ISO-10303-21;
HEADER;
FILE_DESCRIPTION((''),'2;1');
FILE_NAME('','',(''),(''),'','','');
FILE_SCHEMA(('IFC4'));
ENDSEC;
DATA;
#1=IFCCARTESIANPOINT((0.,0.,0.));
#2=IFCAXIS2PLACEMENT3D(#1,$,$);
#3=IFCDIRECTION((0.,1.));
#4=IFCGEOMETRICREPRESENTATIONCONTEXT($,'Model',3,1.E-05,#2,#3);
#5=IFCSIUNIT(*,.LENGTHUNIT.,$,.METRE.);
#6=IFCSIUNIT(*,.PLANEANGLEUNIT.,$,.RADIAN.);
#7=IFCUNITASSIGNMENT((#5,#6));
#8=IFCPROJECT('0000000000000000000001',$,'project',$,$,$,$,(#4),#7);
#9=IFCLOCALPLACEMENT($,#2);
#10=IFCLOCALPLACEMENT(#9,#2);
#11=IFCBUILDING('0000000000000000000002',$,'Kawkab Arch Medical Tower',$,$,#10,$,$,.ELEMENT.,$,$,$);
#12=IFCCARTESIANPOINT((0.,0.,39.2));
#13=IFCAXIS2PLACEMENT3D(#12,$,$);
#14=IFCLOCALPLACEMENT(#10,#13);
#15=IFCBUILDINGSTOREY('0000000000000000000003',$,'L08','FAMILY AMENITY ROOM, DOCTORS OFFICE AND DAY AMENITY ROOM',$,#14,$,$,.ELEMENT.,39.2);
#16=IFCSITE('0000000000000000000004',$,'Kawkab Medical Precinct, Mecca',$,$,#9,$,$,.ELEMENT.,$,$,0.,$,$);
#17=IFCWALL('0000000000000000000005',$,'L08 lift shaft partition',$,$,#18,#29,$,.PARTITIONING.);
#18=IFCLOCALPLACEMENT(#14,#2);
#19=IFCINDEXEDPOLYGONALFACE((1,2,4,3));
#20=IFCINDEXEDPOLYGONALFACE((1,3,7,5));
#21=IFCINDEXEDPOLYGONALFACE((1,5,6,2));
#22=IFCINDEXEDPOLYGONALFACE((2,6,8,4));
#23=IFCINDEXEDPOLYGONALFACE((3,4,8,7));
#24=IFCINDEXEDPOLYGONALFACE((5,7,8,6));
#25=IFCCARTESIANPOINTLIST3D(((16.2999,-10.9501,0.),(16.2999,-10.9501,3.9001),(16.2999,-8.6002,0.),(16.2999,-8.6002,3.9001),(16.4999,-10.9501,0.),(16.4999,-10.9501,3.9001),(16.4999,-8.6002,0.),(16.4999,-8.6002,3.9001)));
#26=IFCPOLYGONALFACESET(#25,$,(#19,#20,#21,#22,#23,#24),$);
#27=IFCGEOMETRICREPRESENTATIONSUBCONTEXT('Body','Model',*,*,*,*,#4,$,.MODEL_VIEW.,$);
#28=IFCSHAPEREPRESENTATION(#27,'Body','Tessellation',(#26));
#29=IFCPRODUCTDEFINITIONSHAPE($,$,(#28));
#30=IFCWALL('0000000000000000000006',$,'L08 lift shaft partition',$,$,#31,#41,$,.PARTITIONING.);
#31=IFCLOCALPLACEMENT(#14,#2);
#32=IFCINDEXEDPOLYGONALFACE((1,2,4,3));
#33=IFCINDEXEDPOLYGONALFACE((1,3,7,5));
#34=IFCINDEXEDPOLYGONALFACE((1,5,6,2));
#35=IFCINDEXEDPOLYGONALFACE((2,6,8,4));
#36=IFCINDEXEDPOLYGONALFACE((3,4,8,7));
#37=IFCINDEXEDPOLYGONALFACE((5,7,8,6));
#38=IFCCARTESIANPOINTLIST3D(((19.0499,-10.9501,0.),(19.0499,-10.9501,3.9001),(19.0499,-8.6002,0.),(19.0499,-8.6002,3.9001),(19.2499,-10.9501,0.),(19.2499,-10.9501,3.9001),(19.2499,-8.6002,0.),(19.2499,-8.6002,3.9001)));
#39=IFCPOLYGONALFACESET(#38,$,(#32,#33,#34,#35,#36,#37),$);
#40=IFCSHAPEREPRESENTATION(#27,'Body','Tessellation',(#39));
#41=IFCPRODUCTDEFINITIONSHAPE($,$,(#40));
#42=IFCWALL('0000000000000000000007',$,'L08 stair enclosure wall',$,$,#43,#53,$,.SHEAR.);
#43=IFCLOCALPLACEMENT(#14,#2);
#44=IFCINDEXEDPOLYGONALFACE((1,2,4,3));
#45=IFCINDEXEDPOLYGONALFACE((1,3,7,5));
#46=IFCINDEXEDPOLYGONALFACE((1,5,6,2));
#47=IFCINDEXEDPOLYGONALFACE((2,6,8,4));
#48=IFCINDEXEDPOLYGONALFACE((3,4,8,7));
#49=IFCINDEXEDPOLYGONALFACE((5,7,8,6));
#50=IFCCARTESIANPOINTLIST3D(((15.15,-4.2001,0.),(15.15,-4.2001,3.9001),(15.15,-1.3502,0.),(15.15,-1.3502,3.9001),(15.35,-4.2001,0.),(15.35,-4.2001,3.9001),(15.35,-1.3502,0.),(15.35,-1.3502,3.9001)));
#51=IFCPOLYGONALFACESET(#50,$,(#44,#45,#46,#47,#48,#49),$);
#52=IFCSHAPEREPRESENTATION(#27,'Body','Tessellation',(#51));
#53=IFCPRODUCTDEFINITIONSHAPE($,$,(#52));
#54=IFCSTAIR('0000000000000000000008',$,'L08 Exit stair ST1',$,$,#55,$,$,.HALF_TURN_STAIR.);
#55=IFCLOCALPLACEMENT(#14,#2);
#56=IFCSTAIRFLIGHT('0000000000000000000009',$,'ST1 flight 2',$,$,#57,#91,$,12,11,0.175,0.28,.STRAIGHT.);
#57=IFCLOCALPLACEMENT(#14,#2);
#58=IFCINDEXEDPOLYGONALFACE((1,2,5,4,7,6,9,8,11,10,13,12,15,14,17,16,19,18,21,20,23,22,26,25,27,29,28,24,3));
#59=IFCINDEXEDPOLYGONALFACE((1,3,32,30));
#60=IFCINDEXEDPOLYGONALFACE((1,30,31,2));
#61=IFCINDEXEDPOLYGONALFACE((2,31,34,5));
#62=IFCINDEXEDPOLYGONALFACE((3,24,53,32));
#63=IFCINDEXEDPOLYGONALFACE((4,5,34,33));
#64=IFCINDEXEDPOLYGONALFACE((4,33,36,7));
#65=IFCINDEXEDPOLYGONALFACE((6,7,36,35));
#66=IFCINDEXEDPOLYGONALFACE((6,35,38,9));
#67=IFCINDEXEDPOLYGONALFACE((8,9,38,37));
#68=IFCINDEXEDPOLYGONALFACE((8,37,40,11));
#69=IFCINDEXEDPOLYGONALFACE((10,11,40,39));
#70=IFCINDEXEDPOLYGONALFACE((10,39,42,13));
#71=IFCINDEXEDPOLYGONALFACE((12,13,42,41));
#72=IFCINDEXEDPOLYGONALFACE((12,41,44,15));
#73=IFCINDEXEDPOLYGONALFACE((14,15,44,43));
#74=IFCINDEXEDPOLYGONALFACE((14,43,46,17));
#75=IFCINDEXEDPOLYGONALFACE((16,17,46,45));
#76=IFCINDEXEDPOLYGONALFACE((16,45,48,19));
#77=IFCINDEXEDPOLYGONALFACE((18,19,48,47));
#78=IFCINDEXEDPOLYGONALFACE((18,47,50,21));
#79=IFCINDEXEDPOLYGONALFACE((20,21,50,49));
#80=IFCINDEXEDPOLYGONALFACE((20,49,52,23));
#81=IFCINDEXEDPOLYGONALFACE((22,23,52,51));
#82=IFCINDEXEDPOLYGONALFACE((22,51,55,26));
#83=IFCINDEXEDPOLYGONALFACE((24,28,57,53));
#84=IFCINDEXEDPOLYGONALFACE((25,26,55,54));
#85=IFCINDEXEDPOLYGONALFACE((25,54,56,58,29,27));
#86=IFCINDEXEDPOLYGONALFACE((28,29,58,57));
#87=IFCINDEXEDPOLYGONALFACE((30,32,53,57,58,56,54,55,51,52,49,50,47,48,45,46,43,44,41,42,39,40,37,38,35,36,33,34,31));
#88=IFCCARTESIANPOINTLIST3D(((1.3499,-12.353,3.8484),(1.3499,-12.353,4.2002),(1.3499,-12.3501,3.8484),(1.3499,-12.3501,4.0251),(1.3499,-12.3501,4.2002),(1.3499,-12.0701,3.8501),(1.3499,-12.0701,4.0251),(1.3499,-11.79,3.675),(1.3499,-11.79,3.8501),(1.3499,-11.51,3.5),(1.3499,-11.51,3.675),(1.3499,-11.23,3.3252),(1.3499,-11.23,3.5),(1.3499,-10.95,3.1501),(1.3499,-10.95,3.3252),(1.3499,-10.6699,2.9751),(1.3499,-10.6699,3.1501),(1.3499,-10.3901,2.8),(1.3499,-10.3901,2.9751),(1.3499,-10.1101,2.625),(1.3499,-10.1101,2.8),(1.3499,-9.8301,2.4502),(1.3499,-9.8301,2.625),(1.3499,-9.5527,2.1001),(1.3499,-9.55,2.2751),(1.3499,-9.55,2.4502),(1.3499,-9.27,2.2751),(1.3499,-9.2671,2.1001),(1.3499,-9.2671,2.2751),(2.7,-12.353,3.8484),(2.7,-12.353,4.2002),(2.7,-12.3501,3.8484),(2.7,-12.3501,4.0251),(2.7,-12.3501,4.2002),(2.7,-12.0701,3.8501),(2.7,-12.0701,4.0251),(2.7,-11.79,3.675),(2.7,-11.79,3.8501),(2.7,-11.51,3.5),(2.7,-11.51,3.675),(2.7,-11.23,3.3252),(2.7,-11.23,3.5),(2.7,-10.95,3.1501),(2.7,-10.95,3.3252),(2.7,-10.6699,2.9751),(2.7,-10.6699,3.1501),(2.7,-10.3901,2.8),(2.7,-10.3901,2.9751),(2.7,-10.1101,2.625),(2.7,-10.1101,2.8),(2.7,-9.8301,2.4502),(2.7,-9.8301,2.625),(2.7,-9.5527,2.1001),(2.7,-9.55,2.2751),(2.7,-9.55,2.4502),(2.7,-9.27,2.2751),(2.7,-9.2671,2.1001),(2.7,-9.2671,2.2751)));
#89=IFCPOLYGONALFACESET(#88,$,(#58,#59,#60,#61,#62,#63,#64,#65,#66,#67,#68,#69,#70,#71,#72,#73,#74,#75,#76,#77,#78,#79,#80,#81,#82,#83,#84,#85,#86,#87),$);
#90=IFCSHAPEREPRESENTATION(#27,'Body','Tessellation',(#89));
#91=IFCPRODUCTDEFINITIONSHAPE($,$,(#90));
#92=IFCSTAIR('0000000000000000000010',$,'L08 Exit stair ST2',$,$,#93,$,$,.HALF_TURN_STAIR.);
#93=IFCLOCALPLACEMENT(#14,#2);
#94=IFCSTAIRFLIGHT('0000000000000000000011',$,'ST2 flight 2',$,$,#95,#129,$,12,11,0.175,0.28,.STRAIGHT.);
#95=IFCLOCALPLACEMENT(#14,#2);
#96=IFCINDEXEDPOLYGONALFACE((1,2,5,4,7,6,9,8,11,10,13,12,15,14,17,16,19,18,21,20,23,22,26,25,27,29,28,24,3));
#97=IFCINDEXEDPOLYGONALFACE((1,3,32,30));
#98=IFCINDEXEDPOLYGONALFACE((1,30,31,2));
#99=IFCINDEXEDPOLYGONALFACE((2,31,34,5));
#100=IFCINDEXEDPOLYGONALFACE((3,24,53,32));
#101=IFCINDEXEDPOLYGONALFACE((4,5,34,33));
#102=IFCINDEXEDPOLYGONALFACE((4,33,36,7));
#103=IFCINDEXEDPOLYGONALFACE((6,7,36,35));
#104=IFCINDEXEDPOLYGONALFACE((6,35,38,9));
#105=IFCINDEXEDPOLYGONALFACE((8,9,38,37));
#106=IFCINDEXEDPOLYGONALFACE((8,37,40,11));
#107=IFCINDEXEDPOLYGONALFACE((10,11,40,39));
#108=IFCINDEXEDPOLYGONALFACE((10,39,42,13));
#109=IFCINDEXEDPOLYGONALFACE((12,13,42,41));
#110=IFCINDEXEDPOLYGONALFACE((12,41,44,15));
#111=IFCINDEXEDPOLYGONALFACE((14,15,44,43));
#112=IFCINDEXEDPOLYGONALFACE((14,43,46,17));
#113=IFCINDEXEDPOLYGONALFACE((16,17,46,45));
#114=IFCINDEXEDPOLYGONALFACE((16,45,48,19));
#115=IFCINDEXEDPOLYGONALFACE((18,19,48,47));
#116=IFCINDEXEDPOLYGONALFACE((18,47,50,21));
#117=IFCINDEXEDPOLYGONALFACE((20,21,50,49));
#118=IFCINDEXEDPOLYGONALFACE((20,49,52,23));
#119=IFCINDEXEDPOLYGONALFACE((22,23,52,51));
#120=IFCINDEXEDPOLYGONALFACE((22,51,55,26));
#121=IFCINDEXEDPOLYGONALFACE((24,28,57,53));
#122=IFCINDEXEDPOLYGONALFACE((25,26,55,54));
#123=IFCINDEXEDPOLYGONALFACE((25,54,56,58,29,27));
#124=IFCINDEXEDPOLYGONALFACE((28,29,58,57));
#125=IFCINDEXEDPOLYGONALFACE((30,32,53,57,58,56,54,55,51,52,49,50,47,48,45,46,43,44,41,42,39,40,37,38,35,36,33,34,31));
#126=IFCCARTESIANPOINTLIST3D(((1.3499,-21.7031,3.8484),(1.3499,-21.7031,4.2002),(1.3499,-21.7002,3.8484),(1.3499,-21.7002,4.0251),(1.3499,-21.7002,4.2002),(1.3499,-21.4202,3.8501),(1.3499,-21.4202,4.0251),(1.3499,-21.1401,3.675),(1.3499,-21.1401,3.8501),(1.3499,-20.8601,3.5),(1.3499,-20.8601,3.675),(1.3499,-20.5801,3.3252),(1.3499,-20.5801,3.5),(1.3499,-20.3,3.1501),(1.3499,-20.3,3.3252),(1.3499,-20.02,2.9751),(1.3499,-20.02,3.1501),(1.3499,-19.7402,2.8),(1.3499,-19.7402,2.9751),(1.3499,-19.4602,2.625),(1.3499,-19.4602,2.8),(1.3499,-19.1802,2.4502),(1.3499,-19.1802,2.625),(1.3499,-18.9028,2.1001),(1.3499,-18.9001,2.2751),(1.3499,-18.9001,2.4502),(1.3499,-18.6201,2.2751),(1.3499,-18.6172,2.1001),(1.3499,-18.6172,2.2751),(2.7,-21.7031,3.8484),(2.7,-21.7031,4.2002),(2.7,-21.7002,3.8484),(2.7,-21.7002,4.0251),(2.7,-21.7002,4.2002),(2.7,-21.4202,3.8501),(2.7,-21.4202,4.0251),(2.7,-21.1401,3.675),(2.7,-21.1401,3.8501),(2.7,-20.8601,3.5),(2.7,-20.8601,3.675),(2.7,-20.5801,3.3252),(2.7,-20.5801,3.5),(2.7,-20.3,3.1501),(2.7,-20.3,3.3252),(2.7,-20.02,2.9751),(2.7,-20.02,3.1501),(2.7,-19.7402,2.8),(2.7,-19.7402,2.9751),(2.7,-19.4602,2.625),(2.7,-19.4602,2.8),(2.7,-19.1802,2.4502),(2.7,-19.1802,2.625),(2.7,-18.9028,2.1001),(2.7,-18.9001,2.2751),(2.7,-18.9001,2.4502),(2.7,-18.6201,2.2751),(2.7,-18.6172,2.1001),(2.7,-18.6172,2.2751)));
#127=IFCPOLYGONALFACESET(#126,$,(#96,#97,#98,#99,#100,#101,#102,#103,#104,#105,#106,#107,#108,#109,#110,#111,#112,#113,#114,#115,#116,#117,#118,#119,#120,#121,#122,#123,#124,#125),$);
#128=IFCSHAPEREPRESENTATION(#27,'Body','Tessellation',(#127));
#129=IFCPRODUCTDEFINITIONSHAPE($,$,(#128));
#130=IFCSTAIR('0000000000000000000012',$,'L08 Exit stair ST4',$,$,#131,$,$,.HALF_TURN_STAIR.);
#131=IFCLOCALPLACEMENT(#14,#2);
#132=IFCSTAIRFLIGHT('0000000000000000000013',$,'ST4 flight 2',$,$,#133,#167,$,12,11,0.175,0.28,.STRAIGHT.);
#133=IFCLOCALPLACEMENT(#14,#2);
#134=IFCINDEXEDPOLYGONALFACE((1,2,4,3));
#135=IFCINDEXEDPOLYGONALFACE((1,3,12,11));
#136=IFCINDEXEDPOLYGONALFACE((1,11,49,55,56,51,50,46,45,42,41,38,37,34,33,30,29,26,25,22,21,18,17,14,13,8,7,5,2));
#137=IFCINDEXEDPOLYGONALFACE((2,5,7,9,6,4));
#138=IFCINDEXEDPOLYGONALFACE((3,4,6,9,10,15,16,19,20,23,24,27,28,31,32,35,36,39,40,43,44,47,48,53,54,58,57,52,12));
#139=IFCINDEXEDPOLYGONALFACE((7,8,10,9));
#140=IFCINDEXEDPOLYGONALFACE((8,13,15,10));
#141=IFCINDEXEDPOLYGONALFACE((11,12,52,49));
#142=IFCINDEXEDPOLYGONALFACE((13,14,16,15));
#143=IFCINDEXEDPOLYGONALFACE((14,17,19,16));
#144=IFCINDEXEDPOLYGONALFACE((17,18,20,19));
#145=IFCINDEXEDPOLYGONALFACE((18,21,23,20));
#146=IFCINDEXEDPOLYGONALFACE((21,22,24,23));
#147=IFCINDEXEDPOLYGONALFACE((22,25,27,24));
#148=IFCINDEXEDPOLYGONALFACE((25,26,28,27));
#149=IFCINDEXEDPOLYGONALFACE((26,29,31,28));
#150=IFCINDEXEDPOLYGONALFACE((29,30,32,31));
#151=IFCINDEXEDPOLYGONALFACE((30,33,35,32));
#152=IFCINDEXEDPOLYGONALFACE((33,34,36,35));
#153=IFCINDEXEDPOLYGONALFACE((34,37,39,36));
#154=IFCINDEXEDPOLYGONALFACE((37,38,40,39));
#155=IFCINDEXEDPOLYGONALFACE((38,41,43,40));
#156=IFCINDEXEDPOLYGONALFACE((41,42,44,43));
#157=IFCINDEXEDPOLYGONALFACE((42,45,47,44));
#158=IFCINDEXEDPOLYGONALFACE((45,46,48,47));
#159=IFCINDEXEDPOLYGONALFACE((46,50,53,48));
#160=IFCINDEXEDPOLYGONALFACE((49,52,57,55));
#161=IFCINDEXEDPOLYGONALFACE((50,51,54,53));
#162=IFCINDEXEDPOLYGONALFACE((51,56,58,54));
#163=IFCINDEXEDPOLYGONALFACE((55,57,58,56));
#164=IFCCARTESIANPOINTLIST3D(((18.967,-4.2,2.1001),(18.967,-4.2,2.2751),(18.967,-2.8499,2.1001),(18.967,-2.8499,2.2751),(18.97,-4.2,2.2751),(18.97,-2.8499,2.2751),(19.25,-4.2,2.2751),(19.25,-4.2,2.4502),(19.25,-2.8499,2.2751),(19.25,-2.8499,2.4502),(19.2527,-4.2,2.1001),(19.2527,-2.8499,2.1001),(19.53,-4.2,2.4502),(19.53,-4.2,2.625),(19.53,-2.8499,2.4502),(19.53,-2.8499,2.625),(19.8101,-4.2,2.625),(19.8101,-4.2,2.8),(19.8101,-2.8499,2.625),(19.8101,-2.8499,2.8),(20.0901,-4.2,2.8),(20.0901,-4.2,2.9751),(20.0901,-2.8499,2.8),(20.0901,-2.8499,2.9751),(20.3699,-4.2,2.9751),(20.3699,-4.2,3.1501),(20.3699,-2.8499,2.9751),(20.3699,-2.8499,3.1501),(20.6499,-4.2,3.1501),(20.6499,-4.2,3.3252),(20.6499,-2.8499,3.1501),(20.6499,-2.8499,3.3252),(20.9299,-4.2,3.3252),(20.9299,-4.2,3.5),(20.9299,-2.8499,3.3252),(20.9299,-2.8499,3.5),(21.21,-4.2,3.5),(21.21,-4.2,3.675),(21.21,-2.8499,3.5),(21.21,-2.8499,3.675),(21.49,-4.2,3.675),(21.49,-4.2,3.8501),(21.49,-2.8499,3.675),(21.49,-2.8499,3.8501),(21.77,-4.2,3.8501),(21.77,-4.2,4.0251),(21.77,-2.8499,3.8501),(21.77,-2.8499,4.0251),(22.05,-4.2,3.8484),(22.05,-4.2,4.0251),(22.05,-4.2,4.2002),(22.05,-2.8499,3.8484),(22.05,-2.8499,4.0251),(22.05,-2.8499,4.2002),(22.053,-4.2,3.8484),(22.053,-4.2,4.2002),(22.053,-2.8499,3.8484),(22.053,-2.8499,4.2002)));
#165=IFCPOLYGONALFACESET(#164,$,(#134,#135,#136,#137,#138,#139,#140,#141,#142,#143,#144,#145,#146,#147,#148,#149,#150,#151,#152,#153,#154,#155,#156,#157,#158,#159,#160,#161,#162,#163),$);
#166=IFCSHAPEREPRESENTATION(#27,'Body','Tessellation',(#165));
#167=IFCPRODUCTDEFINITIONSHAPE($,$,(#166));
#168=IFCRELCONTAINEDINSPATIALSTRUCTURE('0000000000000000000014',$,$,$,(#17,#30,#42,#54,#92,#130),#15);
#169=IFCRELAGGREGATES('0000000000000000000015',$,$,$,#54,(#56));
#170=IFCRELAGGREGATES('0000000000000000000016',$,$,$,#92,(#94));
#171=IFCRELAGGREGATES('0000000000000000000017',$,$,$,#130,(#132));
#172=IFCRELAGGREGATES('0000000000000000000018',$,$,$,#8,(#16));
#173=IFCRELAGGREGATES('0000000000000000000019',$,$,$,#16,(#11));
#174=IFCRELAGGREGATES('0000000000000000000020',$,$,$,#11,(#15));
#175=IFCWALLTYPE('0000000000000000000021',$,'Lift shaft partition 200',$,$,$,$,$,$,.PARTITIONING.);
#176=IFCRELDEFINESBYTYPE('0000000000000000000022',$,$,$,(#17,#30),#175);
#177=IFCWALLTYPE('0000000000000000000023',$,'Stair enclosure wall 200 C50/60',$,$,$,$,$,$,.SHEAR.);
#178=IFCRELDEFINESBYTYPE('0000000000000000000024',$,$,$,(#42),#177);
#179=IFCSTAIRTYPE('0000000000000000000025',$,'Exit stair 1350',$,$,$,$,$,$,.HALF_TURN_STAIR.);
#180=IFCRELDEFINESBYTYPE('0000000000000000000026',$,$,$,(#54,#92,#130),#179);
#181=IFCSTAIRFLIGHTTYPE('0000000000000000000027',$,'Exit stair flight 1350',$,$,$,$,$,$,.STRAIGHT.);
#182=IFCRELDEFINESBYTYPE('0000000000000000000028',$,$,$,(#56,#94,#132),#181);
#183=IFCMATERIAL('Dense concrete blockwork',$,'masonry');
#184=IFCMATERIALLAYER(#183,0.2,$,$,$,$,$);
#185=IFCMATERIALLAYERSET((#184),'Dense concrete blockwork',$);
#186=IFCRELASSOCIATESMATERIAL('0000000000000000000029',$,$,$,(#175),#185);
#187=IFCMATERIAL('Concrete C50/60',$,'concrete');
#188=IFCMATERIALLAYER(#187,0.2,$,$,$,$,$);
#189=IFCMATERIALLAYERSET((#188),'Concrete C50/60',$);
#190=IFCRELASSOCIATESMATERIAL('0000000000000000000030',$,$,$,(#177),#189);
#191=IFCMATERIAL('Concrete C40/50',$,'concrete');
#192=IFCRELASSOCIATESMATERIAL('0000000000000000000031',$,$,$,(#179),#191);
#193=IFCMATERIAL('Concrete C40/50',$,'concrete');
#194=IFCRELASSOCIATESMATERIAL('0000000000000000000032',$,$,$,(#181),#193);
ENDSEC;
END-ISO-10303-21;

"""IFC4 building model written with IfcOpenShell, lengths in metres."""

from ifc_helpers import new_model, si_unit, direction, frame, frame_2d, origin, place, context, subcontext, project, spatial, polyline, rectangle, outline, extrude, material, layer, layer_set, type_object, element, aggregate, save


model = new_model("IFC4")

# Units and contexts
model_context = context("Model", 3, precision=1e-05, world=origin(), true_north=direction((0.0, 1.0)))
body_context = subcontext(model_context, "Body", "Model", "MODEL_VIEW")
ifc_project = project(units=[si_unit("LENGTHUNIT", "METRE"), si_unit("PLANEANGLEUNIT", "RADIAN")], contexts=[model_context])

# Site, building, storey
site_placement = place(None, origin())
site = spatial("IfcSite", under=ifc_project, at=site_placement, Name="Kawkab Medical Precinct, Mecca", CompositionType="ELEMENT", RefElevation=0.0)
building_placement = place(site_placement, origin())
building = spatial("IfcBuilding", under=site, at=building_placement, Name="Kawkab Arch Medical Tower", CompositionType="ELEMENT")
storey_placement = place(building_placement, frame((0.0, 0.0, 39.2)))
storey = spatial("IfcBuildingStorey", under=building, at=storey_placement, Name="L08", Description="FAMILY AMENITY ROOM, DOCTORS OFFICE AND DAY AMENITY ROOM", CompositionType="ELEMENT", Elevation=39.2)

# Shared definitions
placement = place(storey_placement, origin())

# Walls
ifc_material_1 = material(Name="Dense concrete blockwork", Category="masonry")
ifc_layer_1 = layer(ifc_material_1, 0.2)
ifc_layer_set_1 = layer_set([ifc_layer_1], Name="Dense concrete blockwork")
wall_type_1 = type_object("IfcWallType", Name="Lift shaft partition 200", PredefinedType="PARTITIONING", material=ifc_layer_set_1)
for number, where, z_axis, x_axis, name in (
    (1, (16.3999, -10.95, 0.0), (0.0, 0.0, 1.0), (0.0, 1.0, 0.0), "L08 lift shaft partition"),
    (2, (19.1499, -10.95, 0.0), (0.0, 0.0, 1.0), (0.0, 1.0, 0.0), "L08 lift shaft partition"),
):
    element("IfcWall", number, at=place(storey_placement, frame(where, z_axis=z_axis, x_axis=x_axis)), inside=storey, type_object=wall_type_1, Name=name, PredefinedType="PARTITIONING", context=body_context, shape_type="SweptSolid", body=[
        extrude(rectangle(XDim=2.3499, YDim=0.2, at=frame_2d((1.1748, 0.0))), origin(), (0.0, 0.0, 1.0), 3.9001),
    ])
ifc_material_2 = material(Name="Concrete C50/60", Category="concrete")
ifc_layer_2 = layer(ifc_material_2, 0.2)
ifc_layer_set_2 = layer_set([ifc_layer_2], Name="Concrete C50/60")
wall_type_2 = type_object("IfcWallType", Name="Stair enclosure wall 200 C50/60", PredefinedType="SHEAR", material=ifc_layer_set_2)
wall_1_placement = place(storey_placement, frame((15.25, -4.2, 0.0), z_axis=(0.0, 0.0, 1.0), x_axis=(0.0, 1.0, 0.0)))
element("IfcWall", 3, at=wall_1_placement, inside=storey, type_object=wall_type_2, Name="L08 stair enclosure wall", PredefinedType="SHEAR", context=body_context, shape_type="SweptSolid", body=[
    extrude(rectangle(XDim=2.8499, YDim=0.2, at=frame_2d((1.4248, 0.0))), origin(), (0.0, 0.0, 1.0), 3.9001),
])

# Stairs, stair flights
ifc_material_3 = material(Name="Concrete C40/50", Category="concrete")
stair_type = type_object("IfcStairType", Name="Exit stair 1350", PredefinedType="HALF_TURN_STAIR", material=ifc_material_3)
stair_1 = element("IfcStair", 4, at=placement, inside=storey, type_object=stair_type, Name="L08 Exit stair ST1", PredefinedType="HALF_TURN_STAIR")
ifc_material_4 = material(Name="Concrete C40/50", Category="concrete")
stair_flight_type = type_object("IfcStairFlightType", Name="Exit stair flight 1350", PredefinedType="STRAIGHT", material=ifc_material_4)
stair_flight_1_placement = place(storey_placement, frame((2.0249, -9.27, 2.1001), z_axis=(0.0, 0.0, 1.0), x_axis=(0.0, -1.0, 0.0)))
stair_flight_1 = element("IfcStairFlight", 5, at=stair_flight_1_placement, type_object=stair_flight_type, Name="ST1 flight 2", NumberOfRisers=12, NumberOfTreads=11, PredefinedType="STRAIGHT", RiserHeight=0.175, TreadLength=0.28, context=body_context, shape_type="SweptSolid", body=[
    extrude(outline(polyline([(-0.0029, 0.0), (-0.0029, 0.175), (0.0, 0.175), (0.28, 0.175), (0.28, 0.3501), (0.5601, 0.3501), (0.5601, 0.5249), (0.8401, 0.5249), (0.8401, 0.7), (1.1201, 0.7), (1.1201, 0.875), (1.3999, 0.875), (1.3999, 1.05), (1.6799, 1.05), (1.6799, 1.2251), (1.96, 1.2251), (1.96, 1.3999), (2.24, 1.3999), (2.24, 1.575), (2.52, 1.575), (2.52, 1.75), (2.8, 1.75), (2.8, 1.925), (3.0801, 1.925), (3.0801, 2.1001), (3.083, 2.1001), (3.083, 1.7483), (3.0801, 1.7483), (0.2827, 0.0), (-0.0029, 0.0)])), frame((0.0, 0.675, 0.0), z_axis=(0.0, -1.0, 0.0), x_axis=(1.0, 0.0, 0.0)), (0.0, 0.0, 1.0), 1.3501),
])
aggregate(stair_1, [stair_flight_1])
stair_2 = element("IfcStair", 6, at=placement, inside=storey, type_object=stair_type, Name="L08 Exit stair ST2", PredefinedType="HALF_TURN_STAIR")
stair_flight_2_placement = place(storey_placement, frame((2.0249, -18.6201, 2.1001), z_axis=(0.0, 0.0, 1.0), x_axis=(0.0, -1.0, 0.0)))
stair_flight_2 = element("IfcStairFlight", 7, at=stair_flight_2_placement, type_object=stair_flight_type, Name="ST2 flight 2", NumberOfRisers=12, NumberOfTreads=11, PredefinedType="STRAIGHT", RiserHeight=0.175, TreadLength=0.28, context=body_context, shape_type="SweptSolid", body=[
    extrude(outline(polyline([(-0.0029, 0.0), (-0.0029, 0.175), (0.0, 0.175), (0.28, 0.175), (0.28, 0.3501), (0.5601, 0.3501), (0.5601, 0.5249), (0.8401, 0.5249), (0.8401, 0.7), (1.1201, 0.7), (1.1201, 0.875), (1.3999, 0.875), (1.3999, 1.05), (1.6799, 1.05), (1.6799, 1.2251), (1.96, 1.2251), (1.96, 1.3999), (2.24, 1.3999), (2.24, 1.575), (2.52, 1.575), (2.52, 1.75), (2.8, 1.75), (2.8, 1.925), (3.0801, 1.925), (3.0801, 2.1001), (3.083, 2.1001), (3.083, 1.7483), (3.0801, 1.7483), (0.2827, 0.0), (-0.0029, 0.0)])), frame((0.0, 0.675, 0.0), z_axis=(0.0, -1.0, 0.0), x_axis=(1.0, 0.0, 0.0)), (0.0, 0.0, 1.0), 1.3501),
])
aggregate(stair_2, [stair_flight_2])
stair_3 = element("IfcStair", 8, at=placement, inside=storey, type_object=stair_type, Name="L08 Exit stair ST4", PredefinedType="HALF_TURN_STAIR")
stair_flight_3_placement = place(storey_placement, frame((18.97, -3.5249, 2.1001), z_axis=(0.0, 0.0, 1.0), x_axis=(1.0, 0.0, 0.0)))
stair_flight_3 = element("IfcStairFlight", 9, at=stair_flight_3_placement, type_object=stair_flight_type, Name="ST4 flight 2", NumberOfRisers=12, NumberOfTreads=11, PredefinedType="STRAIGHT", RiserHeight=0.175, TreadLength=0.28, context=body_context, shape_type="SweptSolid", body=[
    extrude(outline(polyline([(-0.0029, 0.0), (-0.0029, 0.175), (0.0, 0.175), (0.28, 0.175), (0.28, 0.3501), (0.5601, 0.3501), (0.5601, 0.5249), (0.8401, 0.5249), (0.8401, 0.7), (1.1201, 0.7), (1.1201, 0.875), (1.3999, 0.875), (1.3999, 1.05), (1.6799, 1.05), (1.6799, 1.2251), (1.96, 1.2251), (1.96, 1.3999), (2.24, 1.3999), (2.24, 1.575), (2.52, 1.575), (2.52, 1.75), (2.8, 1.75), (2.8, 1.925), (3.0801, 1.925), (3.0801, 2.1001), (3.083, 2.1001), (3.083, 1.7483), (3.0801, 1.7483), (0.2827, 0.0), (-0.0029, 0.0)])), frame((0.0, 0.675, 0.0), z_axis=(0.0, -1.0, 0.0), x_axis=(1.0, 0.0, 0.0)), (0.0, 0.0, 1.0), 1.3501),
])
aggregate(stair_3, [stair_flight_3])

save(model, "model.ifc")
